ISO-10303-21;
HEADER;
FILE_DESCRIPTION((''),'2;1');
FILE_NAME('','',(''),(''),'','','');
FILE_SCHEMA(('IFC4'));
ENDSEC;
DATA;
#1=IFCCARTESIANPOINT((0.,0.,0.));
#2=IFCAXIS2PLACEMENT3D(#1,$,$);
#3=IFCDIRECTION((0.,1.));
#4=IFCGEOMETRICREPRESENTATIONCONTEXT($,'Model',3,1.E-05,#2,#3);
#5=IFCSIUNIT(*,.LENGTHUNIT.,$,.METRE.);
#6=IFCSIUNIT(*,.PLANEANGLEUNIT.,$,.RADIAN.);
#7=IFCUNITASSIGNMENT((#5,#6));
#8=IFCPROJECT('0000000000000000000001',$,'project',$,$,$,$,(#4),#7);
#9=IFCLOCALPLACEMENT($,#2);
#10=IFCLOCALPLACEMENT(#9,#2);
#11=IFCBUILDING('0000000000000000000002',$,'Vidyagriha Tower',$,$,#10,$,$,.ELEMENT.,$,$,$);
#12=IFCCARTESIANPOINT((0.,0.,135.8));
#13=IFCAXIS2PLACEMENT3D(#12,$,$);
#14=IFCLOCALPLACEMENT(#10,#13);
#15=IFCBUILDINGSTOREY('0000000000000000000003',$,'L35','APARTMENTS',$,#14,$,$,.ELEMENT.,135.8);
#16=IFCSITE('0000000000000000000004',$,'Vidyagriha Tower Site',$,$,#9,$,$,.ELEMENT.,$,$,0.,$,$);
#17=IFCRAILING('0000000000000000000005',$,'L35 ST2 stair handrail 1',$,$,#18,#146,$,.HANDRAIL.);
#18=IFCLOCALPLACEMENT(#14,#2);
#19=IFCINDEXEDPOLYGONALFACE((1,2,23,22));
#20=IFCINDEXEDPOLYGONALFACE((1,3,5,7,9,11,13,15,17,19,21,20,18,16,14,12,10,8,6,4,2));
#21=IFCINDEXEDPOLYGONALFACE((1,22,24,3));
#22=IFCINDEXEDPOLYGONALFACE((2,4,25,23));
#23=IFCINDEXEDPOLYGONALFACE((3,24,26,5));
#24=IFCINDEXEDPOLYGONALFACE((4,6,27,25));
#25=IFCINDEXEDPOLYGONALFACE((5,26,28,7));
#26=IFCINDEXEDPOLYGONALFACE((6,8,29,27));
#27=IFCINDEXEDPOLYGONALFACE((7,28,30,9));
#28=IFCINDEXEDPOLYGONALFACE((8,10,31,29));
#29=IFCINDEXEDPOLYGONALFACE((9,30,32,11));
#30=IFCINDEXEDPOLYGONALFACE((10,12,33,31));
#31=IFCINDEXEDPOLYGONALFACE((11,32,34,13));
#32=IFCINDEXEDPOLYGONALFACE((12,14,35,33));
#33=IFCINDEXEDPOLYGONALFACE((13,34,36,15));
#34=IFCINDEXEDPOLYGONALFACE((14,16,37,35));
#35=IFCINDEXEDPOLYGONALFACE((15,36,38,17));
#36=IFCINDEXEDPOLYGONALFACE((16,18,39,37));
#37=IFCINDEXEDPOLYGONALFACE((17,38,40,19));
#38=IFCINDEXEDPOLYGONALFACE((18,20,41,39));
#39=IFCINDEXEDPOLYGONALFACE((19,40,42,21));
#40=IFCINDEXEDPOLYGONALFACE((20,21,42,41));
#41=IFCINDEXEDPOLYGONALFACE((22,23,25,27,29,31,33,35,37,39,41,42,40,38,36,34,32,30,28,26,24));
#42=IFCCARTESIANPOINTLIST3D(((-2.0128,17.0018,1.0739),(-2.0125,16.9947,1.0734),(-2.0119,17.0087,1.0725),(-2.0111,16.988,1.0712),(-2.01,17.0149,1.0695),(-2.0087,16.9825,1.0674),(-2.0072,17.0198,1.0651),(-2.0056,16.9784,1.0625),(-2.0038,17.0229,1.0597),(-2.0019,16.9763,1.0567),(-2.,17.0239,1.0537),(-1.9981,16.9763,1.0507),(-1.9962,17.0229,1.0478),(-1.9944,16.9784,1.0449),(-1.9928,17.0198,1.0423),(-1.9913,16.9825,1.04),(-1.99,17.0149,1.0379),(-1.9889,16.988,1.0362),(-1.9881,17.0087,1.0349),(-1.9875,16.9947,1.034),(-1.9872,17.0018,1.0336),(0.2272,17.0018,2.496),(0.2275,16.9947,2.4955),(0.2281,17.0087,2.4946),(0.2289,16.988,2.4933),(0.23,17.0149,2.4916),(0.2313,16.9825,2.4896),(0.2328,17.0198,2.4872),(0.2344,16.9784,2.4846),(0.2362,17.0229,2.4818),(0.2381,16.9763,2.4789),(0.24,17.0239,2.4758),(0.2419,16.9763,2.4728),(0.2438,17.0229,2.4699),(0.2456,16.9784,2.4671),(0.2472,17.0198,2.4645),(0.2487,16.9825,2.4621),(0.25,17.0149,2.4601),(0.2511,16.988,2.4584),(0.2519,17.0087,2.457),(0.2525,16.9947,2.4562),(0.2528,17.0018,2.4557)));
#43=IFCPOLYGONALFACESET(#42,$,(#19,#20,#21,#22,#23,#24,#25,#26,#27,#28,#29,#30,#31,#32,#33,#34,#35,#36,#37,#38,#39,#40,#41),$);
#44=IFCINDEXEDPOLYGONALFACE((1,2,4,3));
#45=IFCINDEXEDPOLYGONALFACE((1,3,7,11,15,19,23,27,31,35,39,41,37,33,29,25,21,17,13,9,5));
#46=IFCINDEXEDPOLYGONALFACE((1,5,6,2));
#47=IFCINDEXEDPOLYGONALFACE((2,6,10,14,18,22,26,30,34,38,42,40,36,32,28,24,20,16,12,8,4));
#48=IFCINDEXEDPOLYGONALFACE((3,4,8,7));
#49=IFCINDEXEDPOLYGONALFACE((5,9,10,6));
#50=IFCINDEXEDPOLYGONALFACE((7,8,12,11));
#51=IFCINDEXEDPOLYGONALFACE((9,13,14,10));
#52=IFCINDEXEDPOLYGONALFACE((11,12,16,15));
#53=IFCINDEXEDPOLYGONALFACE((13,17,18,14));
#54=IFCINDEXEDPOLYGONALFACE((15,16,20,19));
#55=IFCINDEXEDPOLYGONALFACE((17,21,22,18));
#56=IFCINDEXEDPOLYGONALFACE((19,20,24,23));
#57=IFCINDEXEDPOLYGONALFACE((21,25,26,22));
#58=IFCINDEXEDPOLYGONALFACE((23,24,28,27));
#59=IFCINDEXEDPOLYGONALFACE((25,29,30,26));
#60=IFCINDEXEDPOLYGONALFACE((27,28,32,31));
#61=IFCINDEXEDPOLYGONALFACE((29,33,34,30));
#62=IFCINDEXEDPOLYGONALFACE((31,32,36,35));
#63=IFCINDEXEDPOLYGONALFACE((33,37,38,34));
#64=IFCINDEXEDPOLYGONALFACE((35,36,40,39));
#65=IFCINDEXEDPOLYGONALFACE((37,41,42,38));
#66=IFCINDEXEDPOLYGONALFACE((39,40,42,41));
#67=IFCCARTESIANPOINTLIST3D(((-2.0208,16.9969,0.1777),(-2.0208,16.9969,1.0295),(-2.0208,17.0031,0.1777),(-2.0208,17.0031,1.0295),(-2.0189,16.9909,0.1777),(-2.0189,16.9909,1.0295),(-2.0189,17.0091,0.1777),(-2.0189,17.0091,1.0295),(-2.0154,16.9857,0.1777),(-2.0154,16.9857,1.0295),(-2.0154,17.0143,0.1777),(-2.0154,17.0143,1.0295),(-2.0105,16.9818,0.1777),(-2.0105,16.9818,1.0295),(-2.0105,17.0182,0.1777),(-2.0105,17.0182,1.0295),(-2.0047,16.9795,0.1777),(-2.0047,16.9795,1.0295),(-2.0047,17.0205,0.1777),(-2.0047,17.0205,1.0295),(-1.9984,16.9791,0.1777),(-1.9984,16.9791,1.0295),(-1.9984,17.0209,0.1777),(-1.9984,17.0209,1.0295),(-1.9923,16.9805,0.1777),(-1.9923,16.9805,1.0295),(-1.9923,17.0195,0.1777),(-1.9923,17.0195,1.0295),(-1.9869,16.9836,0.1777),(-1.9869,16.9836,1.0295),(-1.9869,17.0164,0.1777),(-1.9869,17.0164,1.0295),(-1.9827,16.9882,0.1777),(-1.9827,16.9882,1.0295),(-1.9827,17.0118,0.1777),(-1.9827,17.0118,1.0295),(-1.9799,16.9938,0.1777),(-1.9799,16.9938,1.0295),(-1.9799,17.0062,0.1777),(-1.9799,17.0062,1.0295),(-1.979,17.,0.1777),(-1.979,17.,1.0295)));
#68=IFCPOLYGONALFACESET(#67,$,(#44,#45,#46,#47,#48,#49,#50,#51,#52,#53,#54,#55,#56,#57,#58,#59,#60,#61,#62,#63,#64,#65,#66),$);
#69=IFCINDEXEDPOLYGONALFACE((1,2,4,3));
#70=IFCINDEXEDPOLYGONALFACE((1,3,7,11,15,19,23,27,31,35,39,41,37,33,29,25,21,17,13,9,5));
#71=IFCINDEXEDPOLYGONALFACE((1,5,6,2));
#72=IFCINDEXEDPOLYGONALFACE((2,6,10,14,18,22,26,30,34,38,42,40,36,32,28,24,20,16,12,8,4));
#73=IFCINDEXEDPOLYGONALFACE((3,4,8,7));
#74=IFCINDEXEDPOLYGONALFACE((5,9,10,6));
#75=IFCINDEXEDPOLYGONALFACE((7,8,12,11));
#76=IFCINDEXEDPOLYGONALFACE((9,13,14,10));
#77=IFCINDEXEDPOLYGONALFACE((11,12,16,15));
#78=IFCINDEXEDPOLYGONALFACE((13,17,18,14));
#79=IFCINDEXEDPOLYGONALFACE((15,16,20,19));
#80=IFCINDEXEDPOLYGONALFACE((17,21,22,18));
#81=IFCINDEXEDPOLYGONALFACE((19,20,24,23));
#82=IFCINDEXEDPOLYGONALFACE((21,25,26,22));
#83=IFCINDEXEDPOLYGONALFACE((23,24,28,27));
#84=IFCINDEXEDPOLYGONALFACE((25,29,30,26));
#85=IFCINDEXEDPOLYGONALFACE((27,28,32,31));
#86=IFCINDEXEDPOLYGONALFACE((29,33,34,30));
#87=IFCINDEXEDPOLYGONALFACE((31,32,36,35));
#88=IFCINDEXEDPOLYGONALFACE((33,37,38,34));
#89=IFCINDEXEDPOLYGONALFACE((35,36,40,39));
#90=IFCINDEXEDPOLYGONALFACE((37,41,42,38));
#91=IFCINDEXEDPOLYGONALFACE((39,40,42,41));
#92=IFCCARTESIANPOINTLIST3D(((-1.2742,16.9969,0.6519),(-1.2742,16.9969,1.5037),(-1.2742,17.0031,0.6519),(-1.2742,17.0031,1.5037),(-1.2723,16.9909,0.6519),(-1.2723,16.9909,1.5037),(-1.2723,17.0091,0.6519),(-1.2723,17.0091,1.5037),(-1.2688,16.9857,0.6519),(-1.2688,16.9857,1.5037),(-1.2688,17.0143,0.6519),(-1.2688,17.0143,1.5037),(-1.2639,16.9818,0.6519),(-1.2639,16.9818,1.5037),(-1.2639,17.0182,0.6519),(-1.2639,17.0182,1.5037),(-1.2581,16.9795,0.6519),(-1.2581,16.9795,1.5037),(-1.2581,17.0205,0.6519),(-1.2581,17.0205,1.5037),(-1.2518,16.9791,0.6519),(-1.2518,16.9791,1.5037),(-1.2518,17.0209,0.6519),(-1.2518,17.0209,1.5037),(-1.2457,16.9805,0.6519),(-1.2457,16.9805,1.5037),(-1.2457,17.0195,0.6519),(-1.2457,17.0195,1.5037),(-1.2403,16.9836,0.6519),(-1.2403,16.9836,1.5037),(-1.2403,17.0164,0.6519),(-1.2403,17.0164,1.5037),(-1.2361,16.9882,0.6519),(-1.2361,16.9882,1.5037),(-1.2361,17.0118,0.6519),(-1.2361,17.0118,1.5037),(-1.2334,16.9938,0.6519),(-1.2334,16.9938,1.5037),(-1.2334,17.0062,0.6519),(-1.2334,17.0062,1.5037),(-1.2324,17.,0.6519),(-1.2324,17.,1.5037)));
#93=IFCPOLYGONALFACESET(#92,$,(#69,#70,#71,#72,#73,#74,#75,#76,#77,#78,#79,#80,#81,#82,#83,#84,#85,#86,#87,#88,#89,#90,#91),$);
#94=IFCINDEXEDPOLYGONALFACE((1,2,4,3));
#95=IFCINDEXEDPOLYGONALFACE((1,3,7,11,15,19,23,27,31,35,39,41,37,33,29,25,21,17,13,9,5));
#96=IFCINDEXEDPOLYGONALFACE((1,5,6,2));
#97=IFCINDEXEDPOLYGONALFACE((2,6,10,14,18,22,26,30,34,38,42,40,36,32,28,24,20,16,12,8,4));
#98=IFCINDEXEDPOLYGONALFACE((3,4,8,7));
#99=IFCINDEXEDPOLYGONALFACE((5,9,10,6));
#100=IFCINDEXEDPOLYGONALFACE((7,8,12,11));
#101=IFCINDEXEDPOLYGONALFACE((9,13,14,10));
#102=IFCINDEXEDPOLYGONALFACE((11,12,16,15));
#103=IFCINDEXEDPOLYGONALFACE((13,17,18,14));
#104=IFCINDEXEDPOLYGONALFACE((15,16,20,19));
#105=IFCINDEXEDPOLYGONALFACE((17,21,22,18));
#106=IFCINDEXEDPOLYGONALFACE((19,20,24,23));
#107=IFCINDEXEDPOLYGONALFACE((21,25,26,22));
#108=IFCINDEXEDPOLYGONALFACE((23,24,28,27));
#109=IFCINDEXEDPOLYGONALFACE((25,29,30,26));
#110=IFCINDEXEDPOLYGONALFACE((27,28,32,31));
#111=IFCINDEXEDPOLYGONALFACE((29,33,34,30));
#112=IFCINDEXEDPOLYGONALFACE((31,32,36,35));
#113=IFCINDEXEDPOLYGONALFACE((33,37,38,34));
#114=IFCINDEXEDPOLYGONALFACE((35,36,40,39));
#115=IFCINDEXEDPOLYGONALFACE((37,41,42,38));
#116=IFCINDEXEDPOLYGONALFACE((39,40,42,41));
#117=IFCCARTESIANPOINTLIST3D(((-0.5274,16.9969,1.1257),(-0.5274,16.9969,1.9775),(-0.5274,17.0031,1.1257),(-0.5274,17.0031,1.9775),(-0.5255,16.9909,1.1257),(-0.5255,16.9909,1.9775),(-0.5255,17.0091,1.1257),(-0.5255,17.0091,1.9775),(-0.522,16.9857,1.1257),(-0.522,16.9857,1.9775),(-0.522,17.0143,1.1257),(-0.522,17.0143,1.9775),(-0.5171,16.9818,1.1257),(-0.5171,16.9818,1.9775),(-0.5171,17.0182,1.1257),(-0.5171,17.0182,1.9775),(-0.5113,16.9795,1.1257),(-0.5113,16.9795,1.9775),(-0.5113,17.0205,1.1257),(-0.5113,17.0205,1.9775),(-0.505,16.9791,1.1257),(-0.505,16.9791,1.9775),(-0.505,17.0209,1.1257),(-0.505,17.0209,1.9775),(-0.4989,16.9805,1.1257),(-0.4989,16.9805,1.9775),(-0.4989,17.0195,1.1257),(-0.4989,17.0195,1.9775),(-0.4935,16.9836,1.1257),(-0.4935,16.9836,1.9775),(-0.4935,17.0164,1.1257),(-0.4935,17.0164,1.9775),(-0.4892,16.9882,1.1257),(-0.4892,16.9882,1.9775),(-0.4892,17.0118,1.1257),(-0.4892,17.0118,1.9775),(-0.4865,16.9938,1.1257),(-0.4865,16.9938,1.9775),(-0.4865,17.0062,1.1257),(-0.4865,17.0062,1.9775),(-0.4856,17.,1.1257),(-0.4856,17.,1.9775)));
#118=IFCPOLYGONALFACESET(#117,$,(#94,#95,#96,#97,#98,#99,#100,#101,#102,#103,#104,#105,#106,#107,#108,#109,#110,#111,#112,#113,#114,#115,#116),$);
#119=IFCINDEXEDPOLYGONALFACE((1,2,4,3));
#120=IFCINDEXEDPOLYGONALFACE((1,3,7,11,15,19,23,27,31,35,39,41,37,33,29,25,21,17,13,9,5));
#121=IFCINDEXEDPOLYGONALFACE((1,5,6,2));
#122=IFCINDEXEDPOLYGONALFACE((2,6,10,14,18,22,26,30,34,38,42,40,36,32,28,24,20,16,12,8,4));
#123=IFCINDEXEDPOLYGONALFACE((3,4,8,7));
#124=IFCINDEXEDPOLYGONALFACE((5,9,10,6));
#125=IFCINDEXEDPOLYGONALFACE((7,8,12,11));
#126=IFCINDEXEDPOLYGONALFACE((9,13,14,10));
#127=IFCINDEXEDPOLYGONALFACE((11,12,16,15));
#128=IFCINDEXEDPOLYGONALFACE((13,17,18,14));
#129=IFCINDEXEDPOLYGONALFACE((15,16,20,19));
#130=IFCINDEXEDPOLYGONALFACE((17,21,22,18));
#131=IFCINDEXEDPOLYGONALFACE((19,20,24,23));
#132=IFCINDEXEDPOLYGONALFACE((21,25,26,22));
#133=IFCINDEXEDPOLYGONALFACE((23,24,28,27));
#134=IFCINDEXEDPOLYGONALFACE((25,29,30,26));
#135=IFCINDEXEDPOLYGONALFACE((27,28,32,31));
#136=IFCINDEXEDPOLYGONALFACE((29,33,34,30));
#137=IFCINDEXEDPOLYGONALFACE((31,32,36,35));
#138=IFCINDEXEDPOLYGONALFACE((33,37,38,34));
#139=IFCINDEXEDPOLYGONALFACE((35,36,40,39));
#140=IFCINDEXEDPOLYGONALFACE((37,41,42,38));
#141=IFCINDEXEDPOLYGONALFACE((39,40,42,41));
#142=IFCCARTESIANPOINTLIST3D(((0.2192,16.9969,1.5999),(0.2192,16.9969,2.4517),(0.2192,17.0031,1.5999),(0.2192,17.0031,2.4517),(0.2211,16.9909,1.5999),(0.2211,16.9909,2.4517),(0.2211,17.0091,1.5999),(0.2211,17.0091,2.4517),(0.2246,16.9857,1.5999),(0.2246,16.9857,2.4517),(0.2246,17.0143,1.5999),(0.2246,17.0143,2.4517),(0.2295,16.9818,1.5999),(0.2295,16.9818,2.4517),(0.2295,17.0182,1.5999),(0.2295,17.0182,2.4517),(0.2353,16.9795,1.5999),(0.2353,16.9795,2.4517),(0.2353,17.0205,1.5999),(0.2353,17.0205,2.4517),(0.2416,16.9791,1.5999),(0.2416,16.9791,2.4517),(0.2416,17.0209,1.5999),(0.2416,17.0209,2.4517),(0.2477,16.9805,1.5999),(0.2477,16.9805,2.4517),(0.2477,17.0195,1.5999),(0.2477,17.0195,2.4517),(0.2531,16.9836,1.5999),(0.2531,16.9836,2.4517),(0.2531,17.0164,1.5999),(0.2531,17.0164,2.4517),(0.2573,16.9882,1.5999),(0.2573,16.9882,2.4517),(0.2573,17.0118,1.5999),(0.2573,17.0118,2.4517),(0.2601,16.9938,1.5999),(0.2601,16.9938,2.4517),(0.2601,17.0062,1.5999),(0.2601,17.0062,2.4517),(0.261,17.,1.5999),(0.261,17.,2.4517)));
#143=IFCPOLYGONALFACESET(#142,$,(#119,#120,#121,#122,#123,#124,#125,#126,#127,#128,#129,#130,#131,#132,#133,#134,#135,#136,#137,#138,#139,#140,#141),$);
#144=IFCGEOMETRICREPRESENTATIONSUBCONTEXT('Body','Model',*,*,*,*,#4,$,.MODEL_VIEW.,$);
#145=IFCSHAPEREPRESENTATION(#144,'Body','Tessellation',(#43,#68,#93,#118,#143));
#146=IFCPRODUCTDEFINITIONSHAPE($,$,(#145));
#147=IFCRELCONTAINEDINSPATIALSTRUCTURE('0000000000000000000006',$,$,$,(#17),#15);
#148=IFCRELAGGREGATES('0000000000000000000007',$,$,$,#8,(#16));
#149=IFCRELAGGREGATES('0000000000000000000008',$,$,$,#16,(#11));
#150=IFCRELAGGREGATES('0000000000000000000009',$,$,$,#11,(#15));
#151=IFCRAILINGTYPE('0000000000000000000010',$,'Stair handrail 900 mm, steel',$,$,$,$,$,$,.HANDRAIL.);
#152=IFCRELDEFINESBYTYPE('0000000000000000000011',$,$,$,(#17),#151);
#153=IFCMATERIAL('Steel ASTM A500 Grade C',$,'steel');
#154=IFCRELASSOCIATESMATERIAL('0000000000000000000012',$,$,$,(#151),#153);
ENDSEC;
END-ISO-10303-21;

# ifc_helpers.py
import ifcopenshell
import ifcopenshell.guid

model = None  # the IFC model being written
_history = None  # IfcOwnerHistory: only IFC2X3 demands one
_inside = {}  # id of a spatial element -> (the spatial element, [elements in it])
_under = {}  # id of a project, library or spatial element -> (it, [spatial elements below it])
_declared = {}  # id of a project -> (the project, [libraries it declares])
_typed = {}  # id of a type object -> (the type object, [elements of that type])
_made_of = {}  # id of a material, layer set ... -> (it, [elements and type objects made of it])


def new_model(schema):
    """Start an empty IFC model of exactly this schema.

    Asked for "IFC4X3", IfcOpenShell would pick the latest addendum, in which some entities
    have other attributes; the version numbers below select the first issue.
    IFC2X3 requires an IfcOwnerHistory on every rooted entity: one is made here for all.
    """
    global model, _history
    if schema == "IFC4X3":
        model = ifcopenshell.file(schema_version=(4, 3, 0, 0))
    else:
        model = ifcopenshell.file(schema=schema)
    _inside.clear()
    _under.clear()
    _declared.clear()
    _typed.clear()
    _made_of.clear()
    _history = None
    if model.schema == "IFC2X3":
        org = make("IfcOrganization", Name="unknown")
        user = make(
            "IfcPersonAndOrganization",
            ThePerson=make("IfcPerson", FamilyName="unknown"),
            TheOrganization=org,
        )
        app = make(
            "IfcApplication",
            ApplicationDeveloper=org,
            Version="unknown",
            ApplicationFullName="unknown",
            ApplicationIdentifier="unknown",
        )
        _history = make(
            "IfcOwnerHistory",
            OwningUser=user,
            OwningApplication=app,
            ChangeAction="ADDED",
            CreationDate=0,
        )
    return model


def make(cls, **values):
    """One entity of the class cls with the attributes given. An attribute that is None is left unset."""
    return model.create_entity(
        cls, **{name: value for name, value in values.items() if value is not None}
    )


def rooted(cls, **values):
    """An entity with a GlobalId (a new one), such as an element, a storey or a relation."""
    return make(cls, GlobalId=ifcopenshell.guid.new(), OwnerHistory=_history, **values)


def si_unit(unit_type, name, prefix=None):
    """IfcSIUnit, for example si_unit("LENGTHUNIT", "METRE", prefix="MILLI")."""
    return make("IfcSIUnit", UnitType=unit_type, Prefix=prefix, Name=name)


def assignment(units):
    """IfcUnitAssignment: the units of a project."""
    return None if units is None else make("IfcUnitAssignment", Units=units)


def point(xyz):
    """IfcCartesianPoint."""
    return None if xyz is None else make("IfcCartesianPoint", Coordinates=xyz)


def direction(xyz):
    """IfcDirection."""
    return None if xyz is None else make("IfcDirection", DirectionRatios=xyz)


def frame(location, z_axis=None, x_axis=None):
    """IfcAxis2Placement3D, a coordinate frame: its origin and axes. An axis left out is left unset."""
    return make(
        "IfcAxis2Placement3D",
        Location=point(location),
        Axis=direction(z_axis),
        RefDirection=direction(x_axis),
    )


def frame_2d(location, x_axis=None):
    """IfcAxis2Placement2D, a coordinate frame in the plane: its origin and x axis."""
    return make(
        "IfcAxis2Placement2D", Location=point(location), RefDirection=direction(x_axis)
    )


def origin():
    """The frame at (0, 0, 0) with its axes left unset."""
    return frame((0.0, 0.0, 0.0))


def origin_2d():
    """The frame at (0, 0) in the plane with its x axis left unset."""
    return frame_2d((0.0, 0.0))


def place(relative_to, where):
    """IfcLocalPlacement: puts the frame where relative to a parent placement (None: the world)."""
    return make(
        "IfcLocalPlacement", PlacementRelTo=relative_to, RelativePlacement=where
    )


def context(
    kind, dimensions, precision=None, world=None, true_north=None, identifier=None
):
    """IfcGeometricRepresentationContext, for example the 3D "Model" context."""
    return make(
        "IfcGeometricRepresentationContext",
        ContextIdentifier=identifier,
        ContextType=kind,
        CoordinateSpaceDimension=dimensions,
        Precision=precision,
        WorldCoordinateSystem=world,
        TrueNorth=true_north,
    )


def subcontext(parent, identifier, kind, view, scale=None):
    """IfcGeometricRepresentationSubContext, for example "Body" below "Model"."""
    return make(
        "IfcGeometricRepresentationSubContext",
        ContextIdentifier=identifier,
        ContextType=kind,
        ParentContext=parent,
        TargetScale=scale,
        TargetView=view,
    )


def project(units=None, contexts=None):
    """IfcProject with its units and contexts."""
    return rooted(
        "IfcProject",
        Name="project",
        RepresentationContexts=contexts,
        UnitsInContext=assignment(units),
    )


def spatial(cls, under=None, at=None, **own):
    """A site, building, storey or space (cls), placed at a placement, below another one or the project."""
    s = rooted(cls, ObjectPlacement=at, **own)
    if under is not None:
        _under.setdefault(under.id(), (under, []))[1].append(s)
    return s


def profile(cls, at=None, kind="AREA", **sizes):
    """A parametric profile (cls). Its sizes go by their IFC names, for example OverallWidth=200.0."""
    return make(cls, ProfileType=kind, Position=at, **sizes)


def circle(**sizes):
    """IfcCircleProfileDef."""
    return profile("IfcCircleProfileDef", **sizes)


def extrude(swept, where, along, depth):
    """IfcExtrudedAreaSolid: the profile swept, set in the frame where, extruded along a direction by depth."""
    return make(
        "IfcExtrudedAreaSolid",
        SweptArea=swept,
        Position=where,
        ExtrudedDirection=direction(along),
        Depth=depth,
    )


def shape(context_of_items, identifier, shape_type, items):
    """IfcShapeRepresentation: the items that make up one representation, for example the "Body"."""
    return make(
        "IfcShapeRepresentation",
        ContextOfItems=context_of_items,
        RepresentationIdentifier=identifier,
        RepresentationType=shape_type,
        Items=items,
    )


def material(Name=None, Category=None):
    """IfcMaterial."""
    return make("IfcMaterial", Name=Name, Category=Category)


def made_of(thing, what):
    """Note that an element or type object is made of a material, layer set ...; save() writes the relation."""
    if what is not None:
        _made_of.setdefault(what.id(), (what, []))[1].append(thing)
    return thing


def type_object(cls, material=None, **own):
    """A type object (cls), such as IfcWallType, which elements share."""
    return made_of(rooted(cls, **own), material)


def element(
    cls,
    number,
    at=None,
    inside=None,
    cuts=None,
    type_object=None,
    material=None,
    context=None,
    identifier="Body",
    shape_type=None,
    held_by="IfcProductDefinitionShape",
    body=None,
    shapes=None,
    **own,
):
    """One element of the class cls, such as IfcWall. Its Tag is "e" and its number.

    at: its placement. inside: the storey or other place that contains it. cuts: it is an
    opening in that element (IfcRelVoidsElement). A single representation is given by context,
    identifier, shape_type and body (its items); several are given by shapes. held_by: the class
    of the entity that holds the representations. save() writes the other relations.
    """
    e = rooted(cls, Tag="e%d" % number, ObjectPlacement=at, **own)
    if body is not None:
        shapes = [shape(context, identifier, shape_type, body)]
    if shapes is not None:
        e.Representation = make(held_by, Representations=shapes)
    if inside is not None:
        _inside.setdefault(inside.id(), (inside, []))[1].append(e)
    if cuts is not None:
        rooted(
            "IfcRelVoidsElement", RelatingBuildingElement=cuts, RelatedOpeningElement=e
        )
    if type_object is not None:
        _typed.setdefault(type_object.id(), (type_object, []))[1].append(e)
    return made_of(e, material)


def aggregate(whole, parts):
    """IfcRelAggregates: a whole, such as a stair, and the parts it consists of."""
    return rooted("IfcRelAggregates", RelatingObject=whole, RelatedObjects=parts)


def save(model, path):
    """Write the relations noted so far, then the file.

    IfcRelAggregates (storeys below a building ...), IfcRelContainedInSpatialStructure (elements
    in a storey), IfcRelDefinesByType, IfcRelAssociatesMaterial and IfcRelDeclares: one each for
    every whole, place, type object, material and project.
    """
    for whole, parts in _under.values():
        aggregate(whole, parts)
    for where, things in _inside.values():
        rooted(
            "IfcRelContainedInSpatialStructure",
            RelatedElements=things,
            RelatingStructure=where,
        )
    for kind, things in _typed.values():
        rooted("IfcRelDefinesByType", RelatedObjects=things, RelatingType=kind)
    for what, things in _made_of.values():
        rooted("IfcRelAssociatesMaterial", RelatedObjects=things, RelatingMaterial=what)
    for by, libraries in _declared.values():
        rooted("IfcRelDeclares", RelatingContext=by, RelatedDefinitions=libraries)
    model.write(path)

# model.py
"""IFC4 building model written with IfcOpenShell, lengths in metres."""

from ifc_helpers import new_model, si_unit, direction, frame, origin, origin_2d, place, context, subcontext, project, spatial, circle, extrude, material, type_object, element, save


model = new_model("IFC4")

# Units and contexts
model_context = context("Model", 3, precision=1e-05, world=origin(), true_north=direction((0.0, 1.0)))
body_context = subcontext(model_context, "Body", "Model", "MODEL_VIEW")
ifc_project = project(units=[si_unit("LENGTHUNIT", "METRE"), si_unit("PLANEANGLEUNIT", "RADIAN")], contexts=[model_context])

# Site, building, storey
site_placement = place(None, origin())
site = spatial("IfcSite", under=ifc_project, at=site_placement, Name="Vidyagriha Tower Site", CompositionType="ELEMENT", RefElevation=0.0)
building_placement = place(site_placement, origin())
building = spatial("IfcBuilding", under=site, at=building_placement, Name="Vidyagriha Tower", CompositionType="ELEMENT")
storey_placement = place(building_placement, frame((0.0, 0.0, 135.8)))
storey = spatial("IfcBuildingStorey", under=building, at=storey_placement, Name="L35", Description="APARTMENTS", CompositionType="ELEMENT", Elevation=135.8)

# Railing
ifc_material_1 = material(Name="Steel ASTM A500 Grade C", Category="steel")
railing_type_1 = type_object("IfcRailingType", Name="Stair handrail 900 mm, steel", PredefinedType="HANDRAIL", material=ifc_material_1)
railing_1_placement = place(storey_placement, frame((-2.0, 17.0, 0.1777)))
element("IfcRailing", 1, at=railing_1_placement, inside=storey, type_object=railing_type_1, Name="L35 ST2 stair handrail 1", PredefinedType="HANDRAIL", context=body_context, shape_type="SweptSolid", body=[
    extrude(circle(Radius=0.0239, at=origin_2d()), frame((0.0, 0.0, 0.876), z_axis=(0.844229, 0.0, 0.535982), x_axis=(0.0, 1.0, 0.0)), (0.0, 0.0, 1.0), 2.6533),
    extrude(circle(Radius=0.021, at=origin_2d()), origin(), (0.0, 0.0, 1.0), 0.8518),
    extrude(circle(Radius=0.021, at=origin_2d()), frame((0.7466, 0.0, 0.4741)), (0.0, 0.0, 1.0), 0.8518),
    extrude(circle(Radius=0.021, at=origin_2d()), frame((1.4934, 0.0, 0.948)), (0.0, 0.0, 1.0), 0.8518),
    extrude(circle(Radius=0.021, at=origin_2d()), frame((2.24, 0.0, 1.4221)), (0.0, 0.0, 1.0), 0.8518),
])

save(model, "model.ifc")
